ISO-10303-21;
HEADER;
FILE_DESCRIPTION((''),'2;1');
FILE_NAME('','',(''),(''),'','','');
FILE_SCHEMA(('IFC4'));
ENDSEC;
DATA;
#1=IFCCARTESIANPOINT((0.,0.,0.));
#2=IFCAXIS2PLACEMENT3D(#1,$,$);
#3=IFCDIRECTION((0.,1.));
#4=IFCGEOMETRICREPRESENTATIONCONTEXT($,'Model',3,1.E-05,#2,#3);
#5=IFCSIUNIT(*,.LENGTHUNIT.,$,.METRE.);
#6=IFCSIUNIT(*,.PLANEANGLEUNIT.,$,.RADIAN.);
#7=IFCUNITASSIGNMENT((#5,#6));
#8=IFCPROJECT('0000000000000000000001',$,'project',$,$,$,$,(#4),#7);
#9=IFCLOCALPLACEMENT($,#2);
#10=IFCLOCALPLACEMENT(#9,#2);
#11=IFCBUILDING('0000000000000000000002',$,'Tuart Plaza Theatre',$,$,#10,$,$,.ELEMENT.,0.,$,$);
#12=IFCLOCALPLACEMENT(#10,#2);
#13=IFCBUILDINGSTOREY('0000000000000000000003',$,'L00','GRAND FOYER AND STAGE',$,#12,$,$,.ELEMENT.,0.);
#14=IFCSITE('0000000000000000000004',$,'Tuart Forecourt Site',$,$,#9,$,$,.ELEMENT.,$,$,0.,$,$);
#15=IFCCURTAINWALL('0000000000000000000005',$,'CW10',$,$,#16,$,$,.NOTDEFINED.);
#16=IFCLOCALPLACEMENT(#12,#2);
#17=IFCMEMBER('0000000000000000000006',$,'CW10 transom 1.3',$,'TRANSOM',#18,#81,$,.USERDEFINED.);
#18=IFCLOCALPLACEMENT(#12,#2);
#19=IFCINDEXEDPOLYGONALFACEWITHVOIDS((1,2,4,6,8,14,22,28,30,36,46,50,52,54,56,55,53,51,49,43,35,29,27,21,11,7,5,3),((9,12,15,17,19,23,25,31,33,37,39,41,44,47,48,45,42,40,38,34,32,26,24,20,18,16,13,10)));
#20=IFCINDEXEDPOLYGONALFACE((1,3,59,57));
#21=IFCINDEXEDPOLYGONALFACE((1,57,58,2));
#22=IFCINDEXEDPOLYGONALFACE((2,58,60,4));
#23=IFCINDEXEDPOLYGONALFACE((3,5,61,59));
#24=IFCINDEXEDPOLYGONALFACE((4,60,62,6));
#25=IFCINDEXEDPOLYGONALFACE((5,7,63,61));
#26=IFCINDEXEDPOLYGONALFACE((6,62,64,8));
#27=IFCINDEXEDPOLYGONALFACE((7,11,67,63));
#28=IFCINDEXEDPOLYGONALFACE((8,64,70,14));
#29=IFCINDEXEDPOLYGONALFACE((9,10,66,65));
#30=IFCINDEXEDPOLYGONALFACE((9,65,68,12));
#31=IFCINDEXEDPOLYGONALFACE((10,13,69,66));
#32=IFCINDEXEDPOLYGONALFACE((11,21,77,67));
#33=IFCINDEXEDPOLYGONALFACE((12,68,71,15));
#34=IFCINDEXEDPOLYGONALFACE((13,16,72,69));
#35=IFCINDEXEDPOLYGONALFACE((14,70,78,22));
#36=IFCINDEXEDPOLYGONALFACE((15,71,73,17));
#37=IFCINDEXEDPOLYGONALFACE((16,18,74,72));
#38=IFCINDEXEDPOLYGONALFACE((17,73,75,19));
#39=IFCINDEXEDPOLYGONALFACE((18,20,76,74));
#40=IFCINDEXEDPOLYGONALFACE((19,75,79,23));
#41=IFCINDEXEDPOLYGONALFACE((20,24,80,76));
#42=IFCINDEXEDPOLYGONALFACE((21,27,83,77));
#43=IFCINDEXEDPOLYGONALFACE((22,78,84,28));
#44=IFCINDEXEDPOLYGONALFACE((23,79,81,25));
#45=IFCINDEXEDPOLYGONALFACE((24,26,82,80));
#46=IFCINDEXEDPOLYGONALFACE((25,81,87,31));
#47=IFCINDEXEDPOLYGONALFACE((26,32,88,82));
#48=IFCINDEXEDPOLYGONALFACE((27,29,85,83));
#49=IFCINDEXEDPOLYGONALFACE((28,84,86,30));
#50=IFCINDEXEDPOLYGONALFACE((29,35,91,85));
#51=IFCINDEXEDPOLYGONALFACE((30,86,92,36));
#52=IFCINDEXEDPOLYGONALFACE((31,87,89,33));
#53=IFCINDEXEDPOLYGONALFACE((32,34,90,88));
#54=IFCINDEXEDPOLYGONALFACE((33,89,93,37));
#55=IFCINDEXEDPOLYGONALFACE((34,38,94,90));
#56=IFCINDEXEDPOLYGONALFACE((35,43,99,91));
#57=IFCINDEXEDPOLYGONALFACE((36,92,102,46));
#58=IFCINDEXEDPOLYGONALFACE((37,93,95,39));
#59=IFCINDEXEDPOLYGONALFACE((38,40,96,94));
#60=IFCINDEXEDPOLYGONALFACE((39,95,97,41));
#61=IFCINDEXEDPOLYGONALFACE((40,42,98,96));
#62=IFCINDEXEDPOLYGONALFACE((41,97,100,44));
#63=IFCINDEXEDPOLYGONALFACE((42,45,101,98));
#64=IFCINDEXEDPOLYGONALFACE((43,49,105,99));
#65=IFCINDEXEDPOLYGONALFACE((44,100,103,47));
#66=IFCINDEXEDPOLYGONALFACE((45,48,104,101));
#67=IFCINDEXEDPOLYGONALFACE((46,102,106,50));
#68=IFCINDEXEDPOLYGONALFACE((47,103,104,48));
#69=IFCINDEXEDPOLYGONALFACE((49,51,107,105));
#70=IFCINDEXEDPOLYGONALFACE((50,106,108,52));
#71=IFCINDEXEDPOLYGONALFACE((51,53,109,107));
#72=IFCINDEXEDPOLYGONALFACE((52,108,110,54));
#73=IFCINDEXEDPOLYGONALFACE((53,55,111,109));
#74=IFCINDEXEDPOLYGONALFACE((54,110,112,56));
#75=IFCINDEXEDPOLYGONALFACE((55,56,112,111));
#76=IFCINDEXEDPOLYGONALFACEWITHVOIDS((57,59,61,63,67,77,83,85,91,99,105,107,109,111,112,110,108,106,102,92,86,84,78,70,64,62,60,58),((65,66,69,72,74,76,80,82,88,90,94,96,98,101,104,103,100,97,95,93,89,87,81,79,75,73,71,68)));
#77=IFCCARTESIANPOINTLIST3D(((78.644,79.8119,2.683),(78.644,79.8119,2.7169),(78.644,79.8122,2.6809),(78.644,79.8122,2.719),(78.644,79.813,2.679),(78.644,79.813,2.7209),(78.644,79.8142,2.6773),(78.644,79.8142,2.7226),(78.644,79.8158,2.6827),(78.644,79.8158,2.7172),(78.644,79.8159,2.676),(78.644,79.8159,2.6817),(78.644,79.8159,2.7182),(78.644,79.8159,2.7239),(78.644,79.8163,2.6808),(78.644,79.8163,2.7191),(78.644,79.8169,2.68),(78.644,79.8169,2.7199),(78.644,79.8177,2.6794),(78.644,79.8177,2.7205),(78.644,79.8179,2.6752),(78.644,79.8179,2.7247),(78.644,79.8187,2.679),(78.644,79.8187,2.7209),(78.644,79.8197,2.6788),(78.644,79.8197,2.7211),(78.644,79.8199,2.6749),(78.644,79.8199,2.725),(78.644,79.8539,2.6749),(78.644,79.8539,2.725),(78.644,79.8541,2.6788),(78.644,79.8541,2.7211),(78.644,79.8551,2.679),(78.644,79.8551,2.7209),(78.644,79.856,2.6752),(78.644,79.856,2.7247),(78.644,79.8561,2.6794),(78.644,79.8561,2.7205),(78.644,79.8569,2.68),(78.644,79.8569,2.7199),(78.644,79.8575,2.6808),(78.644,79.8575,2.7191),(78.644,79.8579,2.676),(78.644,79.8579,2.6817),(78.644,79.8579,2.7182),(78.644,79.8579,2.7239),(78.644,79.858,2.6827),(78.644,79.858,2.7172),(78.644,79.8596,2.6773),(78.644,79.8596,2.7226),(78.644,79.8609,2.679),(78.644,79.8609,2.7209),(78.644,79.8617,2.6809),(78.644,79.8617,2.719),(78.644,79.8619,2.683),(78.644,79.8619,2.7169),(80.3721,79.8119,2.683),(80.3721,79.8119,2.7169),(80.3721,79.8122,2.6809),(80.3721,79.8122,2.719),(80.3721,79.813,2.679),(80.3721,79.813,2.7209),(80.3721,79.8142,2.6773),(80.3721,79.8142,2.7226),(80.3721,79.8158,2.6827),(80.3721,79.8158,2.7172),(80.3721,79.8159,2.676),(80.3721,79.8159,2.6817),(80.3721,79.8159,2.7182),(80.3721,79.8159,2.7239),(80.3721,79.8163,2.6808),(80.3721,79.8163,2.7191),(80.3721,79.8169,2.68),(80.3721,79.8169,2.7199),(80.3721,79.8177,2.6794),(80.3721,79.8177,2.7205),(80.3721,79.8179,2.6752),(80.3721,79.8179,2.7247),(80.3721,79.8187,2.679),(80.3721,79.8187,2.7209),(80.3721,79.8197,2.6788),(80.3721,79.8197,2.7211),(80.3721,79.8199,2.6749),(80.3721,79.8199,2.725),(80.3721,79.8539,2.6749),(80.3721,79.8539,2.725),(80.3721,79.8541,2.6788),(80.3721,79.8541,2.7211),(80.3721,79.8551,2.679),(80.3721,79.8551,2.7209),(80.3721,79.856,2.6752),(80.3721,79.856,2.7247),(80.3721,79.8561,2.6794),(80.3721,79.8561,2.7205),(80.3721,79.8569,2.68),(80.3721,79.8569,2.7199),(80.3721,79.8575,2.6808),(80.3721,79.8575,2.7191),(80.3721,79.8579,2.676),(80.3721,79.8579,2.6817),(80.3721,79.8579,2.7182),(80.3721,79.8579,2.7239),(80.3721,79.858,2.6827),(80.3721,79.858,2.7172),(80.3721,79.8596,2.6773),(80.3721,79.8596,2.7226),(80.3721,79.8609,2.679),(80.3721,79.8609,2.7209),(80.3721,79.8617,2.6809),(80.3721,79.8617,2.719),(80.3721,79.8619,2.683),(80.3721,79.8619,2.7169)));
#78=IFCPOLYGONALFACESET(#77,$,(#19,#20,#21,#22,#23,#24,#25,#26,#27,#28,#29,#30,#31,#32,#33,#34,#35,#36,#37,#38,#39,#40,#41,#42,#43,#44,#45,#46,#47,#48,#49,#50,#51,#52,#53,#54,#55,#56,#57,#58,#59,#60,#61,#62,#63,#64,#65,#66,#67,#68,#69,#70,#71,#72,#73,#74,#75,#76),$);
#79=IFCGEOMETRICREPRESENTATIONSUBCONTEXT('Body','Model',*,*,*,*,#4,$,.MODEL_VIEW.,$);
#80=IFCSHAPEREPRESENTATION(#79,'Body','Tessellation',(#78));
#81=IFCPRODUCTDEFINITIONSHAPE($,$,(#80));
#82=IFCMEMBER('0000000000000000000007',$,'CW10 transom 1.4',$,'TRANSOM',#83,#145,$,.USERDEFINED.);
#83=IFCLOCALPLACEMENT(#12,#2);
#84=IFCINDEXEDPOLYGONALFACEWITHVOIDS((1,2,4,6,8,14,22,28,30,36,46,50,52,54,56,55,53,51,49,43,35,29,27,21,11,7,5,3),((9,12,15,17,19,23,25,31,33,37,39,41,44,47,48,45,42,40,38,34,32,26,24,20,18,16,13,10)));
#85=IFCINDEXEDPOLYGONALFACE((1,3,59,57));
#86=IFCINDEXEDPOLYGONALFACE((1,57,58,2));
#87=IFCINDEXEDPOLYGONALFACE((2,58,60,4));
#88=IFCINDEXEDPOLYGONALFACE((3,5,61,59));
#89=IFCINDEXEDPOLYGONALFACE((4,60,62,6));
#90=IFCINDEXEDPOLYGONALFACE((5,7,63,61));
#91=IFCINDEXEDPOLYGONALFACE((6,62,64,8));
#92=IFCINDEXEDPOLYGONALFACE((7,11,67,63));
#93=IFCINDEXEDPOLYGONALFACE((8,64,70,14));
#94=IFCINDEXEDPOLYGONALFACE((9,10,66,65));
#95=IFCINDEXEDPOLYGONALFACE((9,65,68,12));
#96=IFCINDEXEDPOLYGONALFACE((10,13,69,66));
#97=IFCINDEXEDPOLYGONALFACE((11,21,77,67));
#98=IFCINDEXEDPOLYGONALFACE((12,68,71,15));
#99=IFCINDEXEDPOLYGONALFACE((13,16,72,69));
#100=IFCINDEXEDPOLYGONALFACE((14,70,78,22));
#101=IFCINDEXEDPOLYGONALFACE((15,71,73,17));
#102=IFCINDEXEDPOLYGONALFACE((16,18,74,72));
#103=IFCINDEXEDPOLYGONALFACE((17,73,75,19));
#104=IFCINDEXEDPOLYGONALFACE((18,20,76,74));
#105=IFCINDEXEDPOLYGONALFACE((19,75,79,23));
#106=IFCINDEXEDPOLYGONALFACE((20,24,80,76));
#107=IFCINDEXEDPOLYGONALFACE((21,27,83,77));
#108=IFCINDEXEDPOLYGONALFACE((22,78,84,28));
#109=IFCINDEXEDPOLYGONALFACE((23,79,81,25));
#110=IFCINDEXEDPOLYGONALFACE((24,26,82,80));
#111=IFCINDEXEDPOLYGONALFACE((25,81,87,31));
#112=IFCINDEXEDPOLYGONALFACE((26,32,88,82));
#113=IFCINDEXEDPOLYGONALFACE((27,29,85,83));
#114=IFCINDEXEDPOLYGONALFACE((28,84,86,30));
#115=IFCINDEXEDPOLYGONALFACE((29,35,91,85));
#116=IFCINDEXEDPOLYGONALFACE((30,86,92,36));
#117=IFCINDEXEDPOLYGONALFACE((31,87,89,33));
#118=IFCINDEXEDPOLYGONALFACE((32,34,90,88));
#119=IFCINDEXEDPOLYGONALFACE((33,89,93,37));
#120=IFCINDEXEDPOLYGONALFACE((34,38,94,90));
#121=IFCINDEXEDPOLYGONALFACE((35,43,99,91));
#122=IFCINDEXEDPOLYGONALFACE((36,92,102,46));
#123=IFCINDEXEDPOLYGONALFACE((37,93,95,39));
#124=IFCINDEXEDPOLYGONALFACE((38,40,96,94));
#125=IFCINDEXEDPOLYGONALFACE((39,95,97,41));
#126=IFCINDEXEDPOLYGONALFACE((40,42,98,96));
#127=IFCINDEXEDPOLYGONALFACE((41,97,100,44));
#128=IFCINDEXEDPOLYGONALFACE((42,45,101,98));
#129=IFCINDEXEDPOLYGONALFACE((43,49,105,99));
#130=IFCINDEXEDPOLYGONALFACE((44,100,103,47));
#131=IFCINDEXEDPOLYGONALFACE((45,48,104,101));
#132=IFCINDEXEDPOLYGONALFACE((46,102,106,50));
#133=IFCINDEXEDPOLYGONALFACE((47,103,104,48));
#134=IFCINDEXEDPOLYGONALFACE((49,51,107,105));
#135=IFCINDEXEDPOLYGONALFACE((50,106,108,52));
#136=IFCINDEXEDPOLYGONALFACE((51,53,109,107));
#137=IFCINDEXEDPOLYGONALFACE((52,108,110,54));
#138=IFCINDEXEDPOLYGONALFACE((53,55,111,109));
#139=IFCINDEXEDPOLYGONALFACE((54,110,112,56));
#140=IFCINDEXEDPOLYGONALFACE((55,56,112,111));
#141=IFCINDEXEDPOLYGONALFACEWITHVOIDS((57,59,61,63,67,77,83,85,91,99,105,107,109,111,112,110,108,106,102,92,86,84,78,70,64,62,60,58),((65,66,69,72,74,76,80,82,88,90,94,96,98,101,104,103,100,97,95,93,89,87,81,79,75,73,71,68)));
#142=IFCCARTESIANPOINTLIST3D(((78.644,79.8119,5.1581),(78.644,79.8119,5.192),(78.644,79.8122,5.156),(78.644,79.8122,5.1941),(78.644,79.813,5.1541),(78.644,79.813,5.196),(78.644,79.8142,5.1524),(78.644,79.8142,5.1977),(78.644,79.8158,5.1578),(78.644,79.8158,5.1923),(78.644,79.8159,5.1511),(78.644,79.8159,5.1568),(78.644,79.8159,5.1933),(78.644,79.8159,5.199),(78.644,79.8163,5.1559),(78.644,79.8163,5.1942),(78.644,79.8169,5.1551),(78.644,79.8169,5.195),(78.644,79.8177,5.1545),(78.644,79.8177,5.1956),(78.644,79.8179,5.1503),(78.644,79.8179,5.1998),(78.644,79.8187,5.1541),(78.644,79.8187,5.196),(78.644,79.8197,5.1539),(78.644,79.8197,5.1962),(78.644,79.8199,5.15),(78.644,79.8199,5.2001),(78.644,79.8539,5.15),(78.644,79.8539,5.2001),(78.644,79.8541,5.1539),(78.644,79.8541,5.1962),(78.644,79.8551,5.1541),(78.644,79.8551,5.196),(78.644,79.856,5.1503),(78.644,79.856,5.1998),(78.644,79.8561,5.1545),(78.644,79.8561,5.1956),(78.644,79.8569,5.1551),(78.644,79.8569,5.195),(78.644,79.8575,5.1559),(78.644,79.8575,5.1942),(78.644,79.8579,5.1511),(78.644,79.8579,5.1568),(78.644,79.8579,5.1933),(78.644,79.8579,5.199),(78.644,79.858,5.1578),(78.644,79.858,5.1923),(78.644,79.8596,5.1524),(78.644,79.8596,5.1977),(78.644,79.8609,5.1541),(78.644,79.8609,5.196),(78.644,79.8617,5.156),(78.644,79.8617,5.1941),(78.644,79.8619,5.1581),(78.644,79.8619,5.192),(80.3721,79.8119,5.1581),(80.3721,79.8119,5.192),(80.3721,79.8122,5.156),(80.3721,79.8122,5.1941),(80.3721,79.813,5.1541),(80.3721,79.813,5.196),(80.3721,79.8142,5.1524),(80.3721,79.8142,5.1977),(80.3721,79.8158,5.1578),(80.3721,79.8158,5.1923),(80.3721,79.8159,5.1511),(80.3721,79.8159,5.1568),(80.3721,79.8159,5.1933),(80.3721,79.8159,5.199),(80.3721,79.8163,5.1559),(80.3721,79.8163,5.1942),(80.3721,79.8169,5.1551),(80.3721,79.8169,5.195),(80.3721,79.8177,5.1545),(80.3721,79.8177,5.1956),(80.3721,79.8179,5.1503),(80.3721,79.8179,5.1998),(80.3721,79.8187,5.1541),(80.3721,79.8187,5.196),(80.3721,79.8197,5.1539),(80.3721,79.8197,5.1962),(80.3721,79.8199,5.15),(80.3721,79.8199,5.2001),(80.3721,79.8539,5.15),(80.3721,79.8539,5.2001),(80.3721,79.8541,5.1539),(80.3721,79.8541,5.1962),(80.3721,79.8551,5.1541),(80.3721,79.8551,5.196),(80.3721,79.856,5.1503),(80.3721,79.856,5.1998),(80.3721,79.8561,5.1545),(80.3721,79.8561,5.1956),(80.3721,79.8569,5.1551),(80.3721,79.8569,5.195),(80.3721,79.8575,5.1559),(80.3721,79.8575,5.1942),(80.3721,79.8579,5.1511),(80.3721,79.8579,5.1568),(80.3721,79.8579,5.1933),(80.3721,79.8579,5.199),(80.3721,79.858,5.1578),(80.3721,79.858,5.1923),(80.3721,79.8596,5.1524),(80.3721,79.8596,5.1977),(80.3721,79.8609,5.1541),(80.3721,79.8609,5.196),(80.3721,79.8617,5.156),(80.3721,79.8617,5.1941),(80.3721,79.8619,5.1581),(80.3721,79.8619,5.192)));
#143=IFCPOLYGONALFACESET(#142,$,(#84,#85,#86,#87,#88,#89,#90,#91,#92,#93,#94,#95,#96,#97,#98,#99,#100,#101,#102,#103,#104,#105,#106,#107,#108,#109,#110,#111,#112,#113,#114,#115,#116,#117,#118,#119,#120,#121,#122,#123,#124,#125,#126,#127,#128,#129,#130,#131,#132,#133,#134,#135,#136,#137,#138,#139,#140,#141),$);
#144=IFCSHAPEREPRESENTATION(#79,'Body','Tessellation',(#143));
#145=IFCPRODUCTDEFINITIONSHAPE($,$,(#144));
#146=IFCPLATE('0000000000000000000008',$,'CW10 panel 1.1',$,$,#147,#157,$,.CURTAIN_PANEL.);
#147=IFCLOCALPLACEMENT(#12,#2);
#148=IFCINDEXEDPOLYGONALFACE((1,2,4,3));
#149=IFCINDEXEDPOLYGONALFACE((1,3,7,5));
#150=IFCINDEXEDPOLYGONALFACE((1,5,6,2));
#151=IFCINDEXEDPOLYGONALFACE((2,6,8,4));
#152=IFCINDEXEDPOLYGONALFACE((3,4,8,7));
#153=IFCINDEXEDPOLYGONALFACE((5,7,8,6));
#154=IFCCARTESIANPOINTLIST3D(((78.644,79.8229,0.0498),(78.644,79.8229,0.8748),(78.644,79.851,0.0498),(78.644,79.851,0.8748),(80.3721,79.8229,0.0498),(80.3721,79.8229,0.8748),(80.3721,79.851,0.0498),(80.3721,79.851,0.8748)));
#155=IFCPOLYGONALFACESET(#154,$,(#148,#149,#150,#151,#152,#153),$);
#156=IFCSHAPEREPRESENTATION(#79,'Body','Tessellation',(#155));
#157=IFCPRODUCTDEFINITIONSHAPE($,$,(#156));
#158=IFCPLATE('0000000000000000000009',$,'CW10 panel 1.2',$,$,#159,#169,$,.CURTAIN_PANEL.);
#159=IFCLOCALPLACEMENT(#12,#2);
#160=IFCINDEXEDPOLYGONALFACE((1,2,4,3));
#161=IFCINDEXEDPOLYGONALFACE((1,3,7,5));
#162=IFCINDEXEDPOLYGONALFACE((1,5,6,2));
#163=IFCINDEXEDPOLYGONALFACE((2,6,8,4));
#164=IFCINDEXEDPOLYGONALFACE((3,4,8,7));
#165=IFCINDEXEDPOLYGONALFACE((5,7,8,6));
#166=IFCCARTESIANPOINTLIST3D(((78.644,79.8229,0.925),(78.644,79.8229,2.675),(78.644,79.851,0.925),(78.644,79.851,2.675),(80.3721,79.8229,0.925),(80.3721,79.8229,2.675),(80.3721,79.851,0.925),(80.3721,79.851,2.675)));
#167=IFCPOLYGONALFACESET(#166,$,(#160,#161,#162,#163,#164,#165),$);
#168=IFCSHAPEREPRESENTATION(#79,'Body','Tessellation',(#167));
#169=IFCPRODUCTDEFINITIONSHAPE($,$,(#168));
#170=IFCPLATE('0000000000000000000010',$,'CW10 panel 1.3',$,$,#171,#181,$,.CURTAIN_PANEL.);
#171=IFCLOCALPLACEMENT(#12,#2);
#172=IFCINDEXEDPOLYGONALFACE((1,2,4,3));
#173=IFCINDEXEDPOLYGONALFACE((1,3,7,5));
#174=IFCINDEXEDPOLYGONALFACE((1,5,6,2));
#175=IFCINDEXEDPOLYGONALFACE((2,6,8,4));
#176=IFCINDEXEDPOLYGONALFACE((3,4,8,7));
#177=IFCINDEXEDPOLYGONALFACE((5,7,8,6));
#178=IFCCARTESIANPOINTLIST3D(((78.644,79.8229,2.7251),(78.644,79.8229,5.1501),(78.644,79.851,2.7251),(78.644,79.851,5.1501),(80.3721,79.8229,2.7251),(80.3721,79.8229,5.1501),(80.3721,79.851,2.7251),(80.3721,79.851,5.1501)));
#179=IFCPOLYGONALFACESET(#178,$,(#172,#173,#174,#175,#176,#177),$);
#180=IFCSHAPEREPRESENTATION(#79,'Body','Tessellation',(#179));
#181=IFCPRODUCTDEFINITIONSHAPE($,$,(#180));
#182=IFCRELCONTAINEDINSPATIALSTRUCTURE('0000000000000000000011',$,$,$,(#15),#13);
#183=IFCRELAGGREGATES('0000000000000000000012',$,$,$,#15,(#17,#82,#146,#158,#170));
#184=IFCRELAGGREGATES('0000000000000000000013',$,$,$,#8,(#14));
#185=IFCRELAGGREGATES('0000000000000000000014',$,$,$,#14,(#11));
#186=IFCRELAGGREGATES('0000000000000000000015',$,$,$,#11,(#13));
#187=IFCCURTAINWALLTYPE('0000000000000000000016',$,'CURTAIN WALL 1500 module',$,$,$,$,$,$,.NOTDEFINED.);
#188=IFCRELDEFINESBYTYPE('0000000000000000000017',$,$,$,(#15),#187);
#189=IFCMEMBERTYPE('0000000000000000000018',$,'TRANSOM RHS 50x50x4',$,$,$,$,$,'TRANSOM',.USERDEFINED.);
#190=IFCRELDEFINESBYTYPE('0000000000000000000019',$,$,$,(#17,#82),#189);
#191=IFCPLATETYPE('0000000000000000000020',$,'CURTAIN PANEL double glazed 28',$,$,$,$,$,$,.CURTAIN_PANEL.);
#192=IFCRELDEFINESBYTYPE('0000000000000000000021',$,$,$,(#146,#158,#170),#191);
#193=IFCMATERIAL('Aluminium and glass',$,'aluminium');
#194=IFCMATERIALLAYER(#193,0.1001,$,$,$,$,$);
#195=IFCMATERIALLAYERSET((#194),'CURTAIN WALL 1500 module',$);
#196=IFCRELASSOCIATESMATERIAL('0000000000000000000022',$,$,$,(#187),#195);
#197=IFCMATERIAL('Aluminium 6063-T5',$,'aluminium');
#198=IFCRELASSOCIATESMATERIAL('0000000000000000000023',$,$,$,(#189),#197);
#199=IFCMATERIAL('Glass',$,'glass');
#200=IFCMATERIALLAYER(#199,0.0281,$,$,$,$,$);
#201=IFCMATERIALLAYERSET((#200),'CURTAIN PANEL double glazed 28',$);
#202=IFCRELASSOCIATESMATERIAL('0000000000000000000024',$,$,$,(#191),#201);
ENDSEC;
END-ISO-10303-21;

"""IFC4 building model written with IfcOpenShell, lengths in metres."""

from ifc_helpers import new_model, si_unit, direction, frame, origin, origin_2d, place, context, subcontext, project, spatial, rectangle, hollow_rectangle, extrude, material, layer, layer_set, material_profile, profile_set, type_object, element, aggregate, save


model = new_model("IFC4")

# Units and contexts
model_context = context("Model", 3, precision=1e-05, world=origin(), true_north=direction((0.0, 1.0)))
body_context = subcontext(model_context, "Body", "Model", "MODEL_VIEW")
ifc_project = project(units=[si_unit("LENGTHUNIT", "METRE"), si_unit("PLANEANGLEUNIT", "RADIAN")], contexts=[model_context])

# Site, building, storey
site_placement = place(None, origin())
site = spatial("IfcSite", under=ifc_project, at=site_placement, Name="Tuart Forecourt Site", CompositionType="ELEMENT", RefElevation=0.0)
building_placement = place(site_placement, origin())
building = spatial("IfcBuilding", under=site, at=building_placement, Name="Tuart Plaza Theatre", CompositionType="ELEMENT", ElevationOfRefHeight=0.0)
storey_placement = place(building_placement, origin())
storey = spatial("IfcBuildingStorey", under=building, at=storey_placement, Name="L00", Description="GRAND FOYER AND STAGE", CompositionType="ELEMENT", Elevation=0.0)

# Curtain wall, members, plates
ifc_material_1 = material(Name="Aluminium and glass", Category="aluminium")
ifc_layer_1 = layer(ifc_material_1, 0.1001)
ifc_layer_set_1 = layer_set([ifc_layer_1], Name="CURTAIN WALL 1500 module")
curtain_wall_type = type_object("IfcCurtainWallType", Name="CURTAIN WALL 1500 module", PredefinedType="NOTDEFINED", material=ifc_layer_set_1)
curtain_wall_placement = place(storey_placement, origin())
curtain_wall = element("IfcCurtainWall", 1, at=curtain_wall_placement, inside=storey, type_object=curtain_wall_type, Name="CW10", PredefinedType="NOTDEFINED")
ifc_material_2 = material(Name="Aluminium 6063-T5", Category="aluminium")
ifc_material_profile_1 = material_profile(ifc_material_2, hollow_rectangle(XDim=0.05, YDim=0.05, WallThickness=0.0039, InnerFilletRadius=0.0039, OuterFilletRadius=0.0081, at=origin_2d()), Name="RHS 50x50x4")
ifc_profile_set_1 = profile_set([ifc_material_profile_1], Name="Aluminium 6063-T5")
member_type_1 = type_object("IfcMemberType", Name="TRANSOM RHS 50x50x4", ElementType="TRANSOM", PredefinedType="USERDEFINED", material=ifc_profile_set_1)
member_1_placement = place(storey_placement, frame((78.644, 79.8369, 2.7), z_axis=(1.0, 0.0, 0.0), x_axis=(0.0, 1.0, 0.0)))
member_1 = element("IfcMember", 2, at=member_1_placement, type_object=member_type_1, Name="CW10 transom 1.3", ObjectType="TRANSOM", PredefinedType="USERDEFINED", context=body_context, shape_type="SweptSolid", body=[
    extrude(hollow_rectangle(XDim=0.05, YDim=0.05, WallThickness=0.0039, InnerFilletRadius=0.0039, OuterFilletRadius=0.0081, at=origin_2d()), origin(), (0.0, 0.0, 1.0), 1.728),
])
member_2_placement = place(storey_placement, frame((78.644, 79.8369, 5.175), z_axis=(1.0, 0.0, 0.0), x_axis=(0.0, 1.0, 0.0)))
member_2 = element("IfcMember", 3, at=member_2_placement, type_object=member_type_1, Name="CW10 transom 1.4", ObjectType="TRANSOM", PredefinedType="USERDEFINED", context=body_context, shape_type="SweptSolid", body=[
    extrude(hollow_rectangle(XDim=0.05, YDim=0.05, WallThickness=0.0039, InnerFilletRadius=0.0039, OuterFilletRadius=0.0081, at=origin_2d()), origin(), (0.0, 0.0, 1.0), 1.728),
])
ifc_material_3 = material(Name="Glass", Category="glass")
ifc_layer_2 = layer(ifc_material_3, 0.0281)
ifc_layer_set_2 = layer_set([ifc_layer_2], Name="CURTAIN PANEL double glazed 28")
plate_type = type_object("IfcPlateType", Name="CURTAIN PANEL double glazed 28", PredefinedType="CURTAIN_PANEL", material=ifc_layer_set_2)
plate_1_placement = place(storey_placement, frame((79.5081, 79.8369, 0.0498), z_axis=(0.0, 0.0, 1.0), x_axis=(1.0, 0.0, 0.0)))
plate_1 = element("IfcPlate", 4, at=plate_1_placement, type_object=plate_type, Name="CW10 panel 1.1", PredefinedType="CURTAIN_PANEL", context=body_context, shape_type="SweptSolid", body=[
    extrude(rectangle(XDim=1.728, YDim=0.0281, at=origin_2d()), origin(), (0.0, 0.0, 1.0), 0.825),
])
plate_2_placement = place(storey_placement, frame((79.5081, 79.8369, 0.925), z_axis=(0.0, 0.0, 1.0), x_axis=(1.0, 0.0, 0.0)))
plate_2 = element("IfcPlate", 5, at=plate_2_placement, type_object=plate_type, Name="CW10 panel 1.2", PredefinedType="CURTAIN_PANEL", context=body_context, shape_type="SweptSolid", body=[
    extrude(rectangle(XDim=1.728, YDim=0.0281, at=origin_2d()), origin(), (0.0, 0.0, 1.0), 1.75),
])
plate_3_placement = place(storey_placement, frame((79.5081, 79.8369, 2.7251), z_axis=(0.0, 0.0, 1.0), x_axis=(1.0, 0.0, 0.0)))
plate_3 = element("IfcPlate", 6, at=plate_3_placement, type_object=plate_type, Name="CW10 panel 1.3", PredefinedType="CURTAIN_PANEL", context=body_context, shape_type="SweptSolid", body=[
    extrude(rectangle(XDim=1.728, YDim=0.0281, at=origin_2d()), origin(), (0.0, 0.0, 1.0), 2.425),
])
aggregate(curtain_wall, [member_1, member_2, plate_1, plate_2, plate_3])

save(model, "model.ifc")
